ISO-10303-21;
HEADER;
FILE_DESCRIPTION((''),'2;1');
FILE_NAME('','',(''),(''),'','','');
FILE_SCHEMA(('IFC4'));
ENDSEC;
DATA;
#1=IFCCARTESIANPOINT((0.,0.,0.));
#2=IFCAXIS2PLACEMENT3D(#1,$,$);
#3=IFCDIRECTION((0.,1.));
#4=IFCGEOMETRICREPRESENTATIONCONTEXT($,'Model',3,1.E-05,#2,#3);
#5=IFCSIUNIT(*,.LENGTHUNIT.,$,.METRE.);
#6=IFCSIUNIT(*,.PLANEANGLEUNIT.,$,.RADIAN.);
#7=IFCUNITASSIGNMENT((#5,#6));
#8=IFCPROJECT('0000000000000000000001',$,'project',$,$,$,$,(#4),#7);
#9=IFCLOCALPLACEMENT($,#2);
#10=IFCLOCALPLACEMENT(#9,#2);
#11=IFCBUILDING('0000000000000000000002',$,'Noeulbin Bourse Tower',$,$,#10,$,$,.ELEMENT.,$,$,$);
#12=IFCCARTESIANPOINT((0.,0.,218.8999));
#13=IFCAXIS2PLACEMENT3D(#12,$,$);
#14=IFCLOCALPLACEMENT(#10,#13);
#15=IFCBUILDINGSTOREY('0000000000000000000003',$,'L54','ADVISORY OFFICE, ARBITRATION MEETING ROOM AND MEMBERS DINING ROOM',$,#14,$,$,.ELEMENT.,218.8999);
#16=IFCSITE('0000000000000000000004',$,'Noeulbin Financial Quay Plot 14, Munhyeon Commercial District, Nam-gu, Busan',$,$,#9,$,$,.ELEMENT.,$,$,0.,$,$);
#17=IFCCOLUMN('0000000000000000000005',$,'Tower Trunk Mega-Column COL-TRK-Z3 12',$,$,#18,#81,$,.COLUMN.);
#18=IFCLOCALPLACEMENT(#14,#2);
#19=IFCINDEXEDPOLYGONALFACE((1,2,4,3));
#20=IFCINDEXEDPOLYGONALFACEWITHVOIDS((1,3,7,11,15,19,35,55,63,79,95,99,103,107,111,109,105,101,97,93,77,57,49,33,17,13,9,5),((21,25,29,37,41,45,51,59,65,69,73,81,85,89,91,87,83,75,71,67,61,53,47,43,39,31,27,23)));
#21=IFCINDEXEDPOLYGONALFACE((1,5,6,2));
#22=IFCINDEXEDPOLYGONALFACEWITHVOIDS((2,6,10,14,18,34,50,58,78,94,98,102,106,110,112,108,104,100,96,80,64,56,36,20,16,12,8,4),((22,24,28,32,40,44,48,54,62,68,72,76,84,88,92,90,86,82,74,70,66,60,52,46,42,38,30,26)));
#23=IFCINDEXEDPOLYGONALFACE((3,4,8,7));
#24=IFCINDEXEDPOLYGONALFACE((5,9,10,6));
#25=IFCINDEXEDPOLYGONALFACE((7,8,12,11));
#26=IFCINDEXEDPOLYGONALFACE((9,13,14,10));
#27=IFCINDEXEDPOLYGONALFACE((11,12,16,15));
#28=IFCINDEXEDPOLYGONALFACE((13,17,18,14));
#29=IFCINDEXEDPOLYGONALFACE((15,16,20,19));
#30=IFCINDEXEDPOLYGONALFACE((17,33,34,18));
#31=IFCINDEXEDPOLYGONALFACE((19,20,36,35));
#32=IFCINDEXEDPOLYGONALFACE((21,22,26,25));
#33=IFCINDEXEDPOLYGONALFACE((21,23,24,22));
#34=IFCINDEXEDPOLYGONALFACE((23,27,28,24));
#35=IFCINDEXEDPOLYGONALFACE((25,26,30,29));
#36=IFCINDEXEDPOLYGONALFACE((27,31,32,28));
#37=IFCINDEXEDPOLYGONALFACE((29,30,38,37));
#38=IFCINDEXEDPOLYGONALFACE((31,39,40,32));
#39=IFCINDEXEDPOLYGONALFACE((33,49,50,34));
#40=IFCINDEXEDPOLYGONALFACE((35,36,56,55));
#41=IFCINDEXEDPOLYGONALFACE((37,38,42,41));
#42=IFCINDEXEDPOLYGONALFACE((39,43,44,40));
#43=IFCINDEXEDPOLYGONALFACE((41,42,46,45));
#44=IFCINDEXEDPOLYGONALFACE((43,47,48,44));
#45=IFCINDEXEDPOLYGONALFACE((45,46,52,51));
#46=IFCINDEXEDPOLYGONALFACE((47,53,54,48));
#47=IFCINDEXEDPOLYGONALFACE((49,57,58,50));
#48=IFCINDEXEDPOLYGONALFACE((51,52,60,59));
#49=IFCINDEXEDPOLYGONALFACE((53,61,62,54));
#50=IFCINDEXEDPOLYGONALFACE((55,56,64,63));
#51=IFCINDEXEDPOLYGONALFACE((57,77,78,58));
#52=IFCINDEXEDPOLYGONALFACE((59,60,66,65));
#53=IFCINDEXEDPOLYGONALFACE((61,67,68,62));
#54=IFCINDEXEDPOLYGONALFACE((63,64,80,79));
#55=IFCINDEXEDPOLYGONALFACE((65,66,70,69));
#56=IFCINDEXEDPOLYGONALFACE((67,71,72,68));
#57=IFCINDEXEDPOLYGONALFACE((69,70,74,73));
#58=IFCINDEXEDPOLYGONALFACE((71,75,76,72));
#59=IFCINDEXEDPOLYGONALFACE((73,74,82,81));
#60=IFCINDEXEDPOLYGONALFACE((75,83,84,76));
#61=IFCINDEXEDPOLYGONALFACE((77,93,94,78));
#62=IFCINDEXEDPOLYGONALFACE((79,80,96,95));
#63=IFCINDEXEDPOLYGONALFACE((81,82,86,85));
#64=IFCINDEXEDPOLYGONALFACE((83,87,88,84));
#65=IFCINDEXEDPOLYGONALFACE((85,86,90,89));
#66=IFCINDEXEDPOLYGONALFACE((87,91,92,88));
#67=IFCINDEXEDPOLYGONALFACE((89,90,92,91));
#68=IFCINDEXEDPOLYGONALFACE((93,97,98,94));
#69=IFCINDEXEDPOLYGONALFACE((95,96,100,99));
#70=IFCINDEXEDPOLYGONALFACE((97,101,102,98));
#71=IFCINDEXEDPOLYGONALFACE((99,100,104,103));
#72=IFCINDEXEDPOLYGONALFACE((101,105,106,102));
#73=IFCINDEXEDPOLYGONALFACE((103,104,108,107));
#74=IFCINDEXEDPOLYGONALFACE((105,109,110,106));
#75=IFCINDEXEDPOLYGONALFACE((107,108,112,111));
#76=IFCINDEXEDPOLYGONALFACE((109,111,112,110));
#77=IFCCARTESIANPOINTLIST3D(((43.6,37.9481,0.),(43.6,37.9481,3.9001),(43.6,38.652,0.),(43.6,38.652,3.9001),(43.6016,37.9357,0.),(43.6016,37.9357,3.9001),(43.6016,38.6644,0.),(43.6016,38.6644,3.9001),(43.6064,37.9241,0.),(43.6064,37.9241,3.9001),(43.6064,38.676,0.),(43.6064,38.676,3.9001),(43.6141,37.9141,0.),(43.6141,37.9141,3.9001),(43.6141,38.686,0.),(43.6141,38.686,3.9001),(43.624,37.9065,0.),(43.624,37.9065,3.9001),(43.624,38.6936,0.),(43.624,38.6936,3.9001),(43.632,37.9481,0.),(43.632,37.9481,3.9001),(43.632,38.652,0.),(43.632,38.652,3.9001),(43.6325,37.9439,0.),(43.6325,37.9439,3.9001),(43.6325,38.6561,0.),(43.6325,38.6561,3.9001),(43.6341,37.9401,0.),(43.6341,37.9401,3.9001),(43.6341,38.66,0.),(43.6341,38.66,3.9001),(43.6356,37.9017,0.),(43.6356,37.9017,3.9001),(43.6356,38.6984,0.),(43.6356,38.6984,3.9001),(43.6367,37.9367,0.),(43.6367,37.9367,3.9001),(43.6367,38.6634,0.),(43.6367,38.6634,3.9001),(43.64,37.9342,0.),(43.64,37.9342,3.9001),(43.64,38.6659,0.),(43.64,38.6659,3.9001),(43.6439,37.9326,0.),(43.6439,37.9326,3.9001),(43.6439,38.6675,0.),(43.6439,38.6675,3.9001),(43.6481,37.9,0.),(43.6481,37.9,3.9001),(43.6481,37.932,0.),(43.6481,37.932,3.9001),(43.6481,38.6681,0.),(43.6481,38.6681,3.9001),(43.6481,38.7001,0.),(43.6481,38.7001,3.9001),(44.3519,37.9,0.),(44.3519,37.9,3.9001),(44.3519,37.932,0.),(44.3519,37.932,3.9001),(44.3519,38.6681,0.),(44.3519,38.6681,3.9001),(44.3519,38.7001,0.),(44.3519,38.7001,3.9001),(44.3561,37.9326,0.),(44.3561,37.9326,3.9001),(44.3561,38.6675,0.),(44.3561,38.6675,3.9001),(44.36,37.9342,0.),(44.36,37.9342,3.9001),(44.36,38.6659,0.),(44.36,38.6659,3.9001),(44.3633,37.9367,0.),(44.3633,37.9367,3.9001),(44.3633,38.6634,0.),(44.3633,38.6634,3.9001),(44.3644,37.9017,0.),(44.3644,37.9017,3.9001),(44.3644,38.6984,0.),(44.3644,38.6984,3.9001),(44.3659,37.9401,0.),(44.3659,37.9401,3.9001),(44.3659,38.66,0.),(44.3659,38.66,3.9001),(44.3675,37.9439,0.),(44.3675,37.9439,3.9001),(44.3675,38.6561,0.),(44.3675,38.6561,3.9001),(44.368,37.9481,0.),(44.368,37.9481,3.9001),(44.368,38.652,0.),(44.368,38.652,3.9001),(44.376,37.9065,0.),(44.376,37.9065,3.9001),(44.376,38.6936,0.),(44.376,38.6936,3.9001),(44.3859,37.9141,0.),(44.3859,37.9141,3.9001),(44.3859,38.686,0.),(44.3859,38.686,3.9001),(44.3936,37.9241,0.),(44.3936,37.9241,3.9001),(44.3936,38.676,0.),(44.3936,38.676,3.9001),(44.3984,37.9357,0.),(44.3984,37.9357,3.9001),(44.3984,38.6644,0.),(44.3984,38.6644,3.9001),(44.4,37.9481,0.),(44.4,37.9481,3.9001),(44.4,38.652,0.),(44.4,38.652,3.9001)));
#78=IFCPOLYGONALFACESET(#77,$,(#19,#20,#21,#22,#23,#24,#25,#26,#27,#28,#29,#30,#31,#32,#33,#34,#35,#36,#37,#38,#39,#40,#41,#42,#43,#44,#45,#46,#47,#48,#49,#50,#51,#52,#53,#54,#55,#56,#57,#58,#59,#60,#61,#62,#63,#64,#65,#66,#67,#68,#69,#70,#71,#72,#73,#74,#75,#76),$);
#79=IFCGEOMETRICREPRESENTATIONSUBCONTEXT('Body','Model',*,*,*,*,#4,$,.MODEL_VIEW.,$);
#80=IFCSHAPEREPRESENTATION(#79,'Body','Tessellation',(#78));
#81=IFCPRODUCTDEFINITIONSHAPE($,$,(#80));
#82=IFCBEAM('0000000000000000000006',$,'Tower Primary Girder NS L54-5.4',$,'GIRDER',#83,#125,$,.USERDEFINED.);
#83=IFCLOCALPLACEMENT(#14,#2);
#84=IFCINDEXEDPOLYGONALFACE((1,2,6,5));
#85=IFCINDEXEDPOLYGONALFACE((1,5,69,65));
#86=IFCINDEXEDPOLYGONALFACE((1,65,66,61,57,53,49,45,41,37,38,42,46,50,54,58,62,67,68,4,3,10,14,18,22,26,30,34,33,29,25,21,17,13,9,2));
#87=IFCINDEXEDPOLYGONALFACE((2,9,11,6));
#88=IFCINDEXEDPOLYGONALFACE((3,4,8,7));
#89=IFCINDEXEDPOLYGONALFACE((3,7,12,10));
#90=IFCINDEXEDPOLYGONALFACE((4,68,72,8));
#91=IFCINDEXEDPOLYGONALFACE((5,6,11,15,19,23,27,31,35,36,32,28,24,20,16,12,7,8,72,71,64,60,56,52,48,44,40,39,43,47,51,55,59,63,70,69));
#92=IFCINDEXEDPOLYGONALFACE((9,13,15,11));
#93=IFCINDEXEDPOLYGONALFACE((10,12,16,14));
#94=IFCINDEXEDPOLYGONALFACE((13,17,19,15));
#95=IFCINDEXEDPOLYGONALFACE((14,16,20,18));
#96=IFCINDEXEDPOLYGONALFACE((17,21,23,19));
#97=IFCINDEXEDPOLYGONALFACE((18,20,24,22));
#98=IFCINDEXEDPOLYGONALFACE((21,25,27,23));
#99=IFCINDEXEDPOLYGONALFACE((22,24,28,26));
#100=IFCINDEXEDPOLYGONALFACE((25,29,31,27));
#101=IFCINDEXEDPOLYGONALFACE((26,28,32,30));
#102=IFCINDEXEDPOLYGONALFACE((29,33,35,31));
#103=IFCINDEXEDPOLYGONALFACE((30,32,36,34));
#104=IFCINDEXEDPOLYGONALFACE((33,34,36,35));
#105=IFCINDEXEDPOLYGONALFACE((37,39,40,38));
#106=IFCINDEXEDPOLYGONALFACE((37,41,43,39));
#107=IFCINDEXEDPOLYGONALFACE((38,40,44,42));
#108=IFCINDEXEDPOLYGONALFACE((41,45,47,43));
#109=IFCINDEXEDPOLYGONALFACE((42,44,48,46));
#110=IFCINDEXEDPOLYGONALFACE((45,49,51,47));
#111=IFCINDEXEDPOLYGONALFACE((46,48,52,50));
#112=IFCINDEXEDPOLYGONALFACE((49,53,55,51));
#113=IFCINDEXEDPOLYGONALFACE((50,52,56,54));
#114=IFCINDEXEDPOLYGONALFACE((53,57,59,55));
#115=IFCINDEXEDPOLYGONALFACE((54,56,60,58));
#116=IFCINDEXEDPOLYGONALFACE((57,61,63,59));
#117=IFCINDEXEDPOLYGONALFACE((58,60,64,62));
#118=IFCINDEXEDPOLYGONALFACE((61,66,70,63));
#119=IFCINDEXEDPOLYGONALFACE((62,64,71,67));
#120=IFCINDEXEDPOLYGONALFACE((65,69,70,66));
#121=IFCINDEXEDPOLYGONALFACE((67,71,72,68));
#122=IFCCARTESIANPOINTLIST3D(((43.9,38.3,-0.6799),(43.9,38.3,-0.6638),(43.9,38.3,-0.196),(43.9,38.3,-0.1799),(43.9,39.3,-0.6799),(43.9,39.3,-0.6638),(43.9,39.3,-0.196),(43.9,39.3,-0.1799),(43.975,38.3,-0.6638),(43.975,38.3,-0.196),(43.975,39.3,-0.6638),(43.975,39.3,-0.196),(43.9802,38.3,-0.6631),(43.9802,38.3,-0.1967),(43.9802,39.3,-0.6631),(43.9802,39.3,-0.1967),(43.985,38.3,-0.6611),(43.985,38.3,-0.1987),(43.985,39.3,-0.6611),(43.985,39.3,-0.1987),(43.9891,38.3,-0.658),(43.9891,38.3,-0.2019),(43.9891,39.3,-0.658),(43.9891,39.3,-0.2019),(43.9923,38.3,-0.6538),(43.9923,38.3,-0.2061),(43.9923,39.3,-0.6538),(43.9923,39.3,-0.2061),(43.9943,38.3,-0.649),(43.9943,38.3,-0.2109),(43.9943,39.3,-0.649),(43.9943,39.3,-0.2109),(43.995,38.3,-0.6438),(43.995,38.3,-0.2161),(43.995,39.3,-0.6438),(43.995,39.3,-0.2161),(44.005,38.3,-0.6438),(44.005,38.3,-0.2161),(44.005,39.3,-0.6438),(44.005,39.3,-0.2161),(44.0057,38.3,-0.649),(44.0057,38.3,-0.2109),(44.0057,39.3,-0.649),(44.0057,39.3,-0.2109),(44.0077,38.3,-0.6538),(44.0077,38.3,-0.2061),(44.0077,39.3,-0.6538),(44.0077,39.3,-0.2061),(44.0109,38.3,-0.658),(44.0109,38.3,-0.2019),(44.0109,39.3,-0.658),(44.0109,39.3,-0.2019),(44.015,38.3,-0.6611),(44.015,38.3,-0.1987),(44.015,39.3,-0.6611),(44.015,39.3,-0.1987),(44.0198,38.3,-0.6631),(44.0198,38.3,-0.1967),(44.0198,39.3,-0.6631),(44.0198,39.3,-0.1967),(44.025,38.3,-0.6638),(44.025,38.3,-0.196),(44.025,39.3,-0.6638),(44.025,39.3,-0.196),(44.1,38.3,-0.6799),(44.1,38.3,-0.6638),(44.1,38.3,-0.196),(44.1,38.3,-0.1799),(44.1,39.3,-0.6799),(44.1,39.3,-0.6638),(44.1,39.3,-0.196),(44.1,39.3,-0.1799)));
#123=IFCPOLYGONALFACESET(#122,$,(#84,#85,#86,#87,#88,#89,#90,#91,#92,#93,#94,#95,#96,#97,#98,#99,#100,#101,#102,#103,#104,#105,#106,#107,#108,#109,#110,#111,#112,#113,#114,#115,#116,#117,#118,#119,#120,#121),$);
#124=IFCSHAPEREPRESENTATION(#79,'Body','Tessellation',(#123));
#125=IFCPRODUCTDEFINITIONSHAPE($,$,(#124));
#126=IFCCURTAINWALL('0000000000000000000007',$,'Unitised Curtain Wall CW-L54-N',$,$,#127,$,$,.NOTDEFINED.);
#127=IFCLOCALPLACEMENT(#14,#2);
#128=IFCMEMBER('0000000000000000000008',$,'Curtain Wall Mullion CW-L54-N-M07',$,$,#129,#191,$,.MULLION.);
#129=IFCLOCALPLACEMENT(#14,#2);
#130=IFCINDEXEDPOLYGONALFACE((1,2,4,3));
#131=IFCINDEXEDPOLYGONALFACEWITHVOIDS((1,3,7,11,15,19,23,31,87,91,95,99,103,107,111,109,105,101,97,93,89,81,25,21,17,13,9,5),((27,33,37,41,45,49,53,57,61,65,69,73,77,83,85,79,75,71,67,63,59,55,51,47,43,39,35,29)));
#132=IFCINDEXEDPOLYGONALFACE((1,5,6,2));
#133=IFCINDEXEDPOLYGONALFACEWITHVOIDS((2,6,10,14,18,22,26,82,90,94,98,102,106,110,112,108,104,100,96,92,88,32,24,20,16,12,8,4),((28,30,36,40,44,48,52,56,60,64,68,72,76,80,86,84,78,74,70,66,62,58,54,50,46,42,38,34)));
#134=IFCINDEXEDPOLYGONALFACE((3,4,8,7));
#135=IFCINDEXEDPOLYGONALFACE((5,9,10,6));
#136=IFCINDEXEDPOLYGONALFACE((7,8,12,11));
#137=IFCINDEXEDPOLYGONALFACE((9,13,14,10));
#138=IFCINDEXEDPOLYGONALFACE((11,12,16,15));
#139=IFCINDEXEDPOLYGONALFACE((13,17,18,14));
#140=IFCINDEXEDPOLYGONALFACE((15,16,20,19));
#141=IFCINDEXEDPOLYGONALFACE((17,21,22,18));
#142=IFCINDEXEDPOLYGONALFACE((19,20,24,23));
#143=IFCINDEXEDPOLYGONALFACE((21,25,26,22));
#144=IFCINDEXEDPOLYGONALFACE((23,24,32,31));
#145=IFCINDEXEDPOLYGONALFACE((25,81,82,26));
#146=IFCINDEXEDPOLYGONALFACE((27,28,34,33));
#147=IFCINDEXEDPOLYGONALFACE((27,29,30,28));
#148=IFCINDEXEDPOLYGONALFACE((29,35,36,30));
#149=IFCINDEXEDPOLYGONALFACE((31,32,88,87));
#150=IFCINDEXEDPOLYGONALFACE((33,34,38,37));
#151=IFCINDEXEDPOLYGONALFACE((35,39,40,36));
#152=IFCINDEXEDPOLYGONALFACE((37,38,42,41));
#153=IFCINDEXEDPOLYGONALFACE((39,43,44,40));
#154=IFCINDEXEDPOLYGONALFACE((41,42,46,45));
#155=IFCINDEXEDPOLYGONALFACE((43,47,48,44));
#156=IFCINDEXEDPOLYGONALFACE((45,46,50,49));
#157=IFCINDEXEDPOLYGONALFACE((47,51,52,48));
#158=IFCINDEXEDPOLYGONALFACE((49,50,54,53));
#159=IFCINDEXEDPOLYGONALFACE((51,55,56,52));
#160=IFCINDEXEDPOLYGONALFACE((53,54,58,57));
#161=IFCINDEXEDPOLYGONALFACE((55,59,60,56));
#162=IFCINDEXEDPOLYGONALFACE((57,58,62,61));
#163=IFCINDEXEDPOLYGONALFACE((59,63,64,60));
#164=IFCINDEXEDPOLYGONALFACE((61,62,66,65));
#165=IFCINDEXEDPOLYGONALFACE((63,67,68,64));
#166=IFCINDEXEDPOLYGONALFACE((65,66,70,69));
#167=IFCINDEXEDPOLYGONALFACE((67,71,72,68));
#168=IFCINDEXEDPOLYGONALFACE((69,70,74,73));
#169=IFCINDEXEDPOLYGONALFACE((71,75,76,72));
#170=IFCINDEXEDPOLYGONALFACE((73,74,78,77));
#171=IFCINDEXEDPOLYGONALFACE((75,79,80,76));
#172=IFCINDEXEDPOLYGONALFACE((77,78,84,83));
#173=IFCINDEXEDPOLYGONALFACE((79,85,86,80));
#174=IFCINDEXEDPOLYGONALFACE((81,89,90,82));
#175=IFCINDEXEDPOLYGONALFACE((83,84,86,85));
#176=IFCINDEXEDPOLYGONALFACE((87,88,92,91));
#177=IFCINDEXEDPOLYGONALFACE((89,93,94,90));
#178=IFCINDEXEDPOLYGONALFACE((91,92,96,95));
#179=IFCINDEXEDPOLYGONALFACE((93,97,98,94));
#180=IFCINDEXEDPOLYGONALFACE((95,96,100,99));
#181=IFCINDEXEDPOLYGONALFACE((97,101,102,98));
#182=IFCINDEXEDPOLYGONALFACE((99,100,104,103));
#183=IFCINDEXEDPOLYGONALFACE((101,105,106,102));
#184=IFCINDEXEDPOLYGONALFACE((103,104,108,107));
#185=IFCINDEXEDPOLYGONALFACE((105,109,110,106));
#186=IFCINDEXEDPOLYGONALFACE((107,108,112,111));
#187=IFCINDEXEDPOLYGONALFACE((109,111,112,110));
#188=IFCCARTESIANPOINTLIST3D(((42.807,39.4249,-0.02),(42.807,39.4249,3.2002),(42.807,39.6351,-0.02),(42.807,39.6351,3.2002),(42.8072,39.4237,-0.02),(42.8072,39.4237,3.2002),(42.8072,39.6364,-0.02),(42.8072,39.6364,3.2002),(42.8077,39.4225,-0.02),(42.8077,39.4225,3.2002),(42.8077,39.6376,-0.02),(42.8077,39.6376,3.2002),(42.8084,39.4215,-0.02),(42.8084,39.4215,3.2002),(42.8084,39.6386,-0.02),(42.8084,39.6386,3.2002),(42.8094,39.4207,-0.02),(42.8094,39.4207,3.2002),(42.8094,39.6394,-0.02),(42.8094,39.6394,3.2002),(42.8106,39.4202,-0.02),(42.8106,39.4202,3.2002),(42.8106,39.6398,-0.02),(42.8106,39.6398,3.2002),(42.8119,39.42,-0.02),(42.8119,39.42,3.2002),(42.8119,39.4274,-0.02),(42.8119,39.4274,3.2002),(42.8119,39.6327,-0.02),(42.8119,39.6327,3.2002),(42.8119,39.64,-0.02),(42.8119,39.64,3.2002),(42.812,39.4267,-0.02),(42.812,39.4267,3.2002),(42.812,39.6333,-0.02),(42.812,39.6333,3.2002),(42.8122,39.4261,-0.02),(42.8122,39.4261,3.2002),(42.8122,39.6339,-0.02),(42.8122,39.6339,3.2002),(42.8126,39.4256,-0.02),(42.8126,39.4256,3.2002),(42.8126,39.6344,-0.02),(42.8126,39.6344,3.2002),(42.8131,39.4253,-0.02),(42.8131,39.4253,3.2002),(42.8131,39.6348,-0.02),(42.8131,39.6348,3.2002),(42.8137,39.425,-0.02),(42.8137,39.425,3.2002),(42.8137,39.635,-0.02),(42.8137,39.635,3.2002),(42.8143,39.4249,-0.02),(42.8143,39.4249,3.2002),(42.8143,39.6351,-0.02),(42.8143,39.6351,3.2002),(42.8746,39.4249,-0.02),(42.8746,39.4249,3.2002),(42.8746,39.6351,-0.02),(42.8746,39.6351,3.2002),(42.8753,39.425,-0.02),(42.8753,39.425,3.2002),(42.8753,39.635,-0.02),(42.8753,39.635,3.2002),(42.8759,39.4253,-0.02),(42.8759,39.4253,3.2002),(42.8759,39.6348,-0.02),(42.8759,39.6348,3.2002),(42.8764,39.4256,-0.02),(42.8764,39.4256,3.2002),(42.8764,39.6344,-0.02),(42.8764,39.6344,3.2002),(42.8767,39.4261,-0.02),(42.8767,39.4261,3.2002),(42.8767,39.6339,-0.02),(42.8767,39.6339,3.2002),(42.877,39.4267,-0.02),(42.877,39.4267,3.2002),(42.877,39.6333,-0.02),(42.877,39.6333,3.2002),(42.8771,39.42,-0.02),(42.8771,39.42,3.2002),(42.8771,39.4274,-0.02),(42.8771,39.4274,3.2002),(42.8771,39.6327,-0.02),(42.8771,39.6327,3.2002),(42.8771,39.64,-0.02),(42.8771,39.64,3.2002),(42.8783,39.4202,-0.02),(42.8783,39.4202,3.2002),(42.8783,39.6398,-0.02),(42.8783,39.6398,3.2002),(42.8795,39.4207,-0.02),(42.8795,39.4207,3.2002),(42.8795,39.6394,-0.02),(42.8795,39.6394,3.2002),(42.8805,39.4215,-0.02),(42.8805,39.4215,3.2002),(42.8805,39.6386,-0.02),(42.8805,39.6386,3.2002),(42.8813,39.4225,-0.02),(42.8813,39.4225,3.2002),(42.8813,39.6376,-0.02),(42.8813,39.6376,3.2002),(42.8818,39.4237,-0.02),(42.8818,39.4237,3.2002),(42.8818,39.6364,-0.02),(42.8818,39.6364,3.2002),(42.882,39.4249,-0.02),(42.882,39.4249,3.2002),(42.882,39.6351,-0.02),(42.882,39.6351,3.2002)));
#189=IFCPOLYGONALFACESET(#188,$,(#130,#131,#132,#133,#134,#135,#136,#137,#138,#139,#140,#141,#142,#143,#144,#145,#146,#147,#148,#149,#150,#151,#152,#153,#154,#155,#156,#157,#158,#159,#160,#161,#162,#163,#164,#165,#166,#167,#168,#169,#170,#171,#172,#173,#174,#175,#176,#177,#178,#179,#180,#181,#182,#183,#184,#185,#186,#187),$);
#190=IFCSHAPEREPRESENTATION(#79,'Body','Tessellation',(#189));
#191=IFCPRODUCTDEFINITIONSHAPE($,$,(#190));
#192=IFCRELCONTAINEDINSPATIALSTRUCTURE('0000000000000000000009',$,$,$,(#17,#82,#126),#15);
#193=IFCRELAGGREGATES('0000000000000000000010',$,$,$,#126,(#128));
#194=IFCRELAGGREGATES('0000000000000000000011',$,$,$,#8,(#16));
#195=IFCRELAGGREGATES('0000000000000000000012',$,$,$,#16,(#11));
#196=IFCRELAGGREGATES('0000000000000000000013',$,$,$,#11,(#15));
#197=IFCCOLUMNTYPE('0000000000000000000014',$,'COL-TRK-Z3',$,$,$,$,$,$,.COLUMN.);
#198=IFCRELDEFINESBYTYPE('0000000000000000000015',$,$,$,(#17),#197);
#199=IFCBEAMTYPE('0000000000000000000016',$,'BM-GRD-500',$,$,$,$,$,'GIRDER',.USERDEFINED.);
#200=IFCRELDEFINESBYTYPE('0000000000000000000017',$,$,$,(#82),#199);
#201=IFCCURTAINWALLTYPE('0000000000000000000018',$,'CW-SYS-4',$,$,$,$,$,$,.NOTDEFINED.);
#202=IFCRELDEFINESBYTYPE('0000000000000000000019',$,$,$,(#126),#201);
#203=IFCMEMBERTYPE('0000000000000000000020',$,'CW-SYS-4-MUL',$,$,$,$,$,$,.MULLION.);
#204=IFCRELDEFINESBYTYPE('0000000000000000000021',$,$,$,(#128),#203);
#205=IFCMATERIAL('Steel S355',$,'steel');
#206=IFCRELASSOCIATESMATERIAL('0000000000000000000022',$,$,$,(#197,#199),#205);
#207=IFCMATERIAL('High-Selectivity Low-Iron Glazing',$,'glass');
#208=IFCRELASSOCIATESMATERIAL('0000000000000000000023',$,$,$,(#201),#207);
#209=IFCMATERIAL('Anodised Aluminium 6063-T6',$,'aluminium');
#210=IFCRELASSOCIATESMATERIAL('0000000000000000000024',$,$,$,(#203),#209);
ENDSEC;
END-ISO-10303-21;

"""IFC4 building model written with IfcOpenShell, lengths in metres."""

from ifc_helpers import new_model, si_unit, direction, frame, origin, origin_2d, place, context, subcontext, project, spatial, hollow_rectangle, i_section, extrude, material, material_profile, profile_set, type_object, element, aggregate, save


model = new_model("IFC4")

# Units and contexts
model_context = context("Model", 3, precision=1e-05, world=origin(), true_north=direction((0.0, 1.0)))
body_context = subcontext(model_context, "Body", "Model", "MODEL_VIEW")
ifc_project = project(units=[si_unit("LENGTHUNIT", "METRE"), si_unit("PLANEANGLEUNIT", "RADIAN")], contexts=[model_context])

# Site, building, storey
site_placement = place(None, origin())
site = spatial("IfcSite", under=ifc_project, at=site_placement, Name="Noeulbin Financial Quay Plot 14, Munhyeon Commercial District, Nam-gu, Busan", CompositionType="ELEMENT", RefElevation=0.0)
building_placement = place(site_placement, origin())
building = spatial("IfcBuilding", under=site, at=building_placement, Name="Noeulbin Bourse Tower", CompositionType="ELEMENT")
storey_placement = place(building_placement, frame((0.0, 0.0, 218.8999)))
storey = spatial("IfcBuildingStorey", under=building, at=storey_placement, Name="L54", Description="ADVISORY OFFICE, ARBITRATION MEETING ROOM AND MEMBERS DINING ROOM", CompositionType="ELEMENT", Elevation=218.8999)

# Column
ifc_material_1 = material(Name="Steel S355", Category="steel")
ifc_material_profile_1 = material_profile(ifc_material_1, hollow_rectangle(XDim=0.8, YDim=0.8, WallThickness=0.032, InnerFilletRadius=0.0161, OuterFilletRadius=0.0481, at=origin_2d()), Name="BOX-800x800x32", Category="LoadBearing")
ifc_profile_set_1 = profile_set([ifc_material_profile_1], Name="Steel S355")
column_type = type_object("IfcColumnType", Name="COL-TRK-Z3", PredefinedType="COLUMN", material=ifc_profile_set_1)
column_placement = place(storey_placement, frame((44.0, 38.3, 0.0), z_axis=(0.0, 0.0, 1.0), x_axis=(1.0, 0.0, 0.0)))
element("IfcColumn", 1, at=column_placement, inside=storey, type_object=column_type, Name="Tower Trunk Mega-Column COL-TRK-Z3 12", PredefinedType="COLUMN", context=body_context, shape_type="SweptSolid", body=[
    extrude(hollow_rectangle(XDim=0.8, YDim=0.8, WallThickness=0.032, InnerFilletRadius=0.0161, OuterFilletRadius=0.0481, at=origin_2d()), origin(), (0.0, 0.0, 1.0), 3.9001),
])

# Beam
ifc_material_profile_2 = material_profile(ifc_material_1, i_section(OverallWidth=0.2, OverallDepth=0.5, WebThickness=0.01, FlangeThickness=0.0161, FilletRadius=0.02, at=origin_2d()), Name="H-500x200x10x16", Category="LoadBearing")
ifc_profile_set_2 = profile_set([ifc_material_profile_2], Name="Steel S355")
beam_type = type_object("IfcBeamType", Name="BM-GRD-500", ElementType="GIRDER", PredefinedType="USERDEFINED", material=ifc_profile_set_2)
beam_placement = place(storey_placement, frame((44.0, 38.3, -0.4299), z_axis=(0.0, 1.0, 0.0), x_axis=(-1.0, 0.0, 0.0)))
element("IfcBeam", 2, at=beam_placement, inside=storey, type_object=beam_type, Name="Tower Primary Girder NS L54-5.4", ObjectType="GIRDER", PredefinedType="USERDEFINED", context=body_context, shape_type="SweptSolid", body=[
    extrude(i_section(OverallWidth=0.2, OverallDepth=0.5, WebThickness=0.01, FlangeThickness=0.0161, FilletRadius=0.02, at=origin_2d()), origin(), (0.0, 0.0, 1.0), 1.0),
])

# Curtain wall, member
ifc_material_2 = material(Name="High-Selectivity Low-Iron Glazing", Category="glass")
curtain_wall_type = type_object("IfcCurtainWallType", Name="CW-SYS-4", PredefinedType="NOTDEFINED", material=ifc_material_2)
curtain_wall_1_placement = place(storey_placement, origin())
curtain_wall_1 = element("IfcCurtainWall", 3, at=curtain_wall_1_placement, inside=storey, type_object=curtain_wall_type, Name="Unitised Curtain Wall CW-L54-N", PredefinedType="NOTDEFINED")
ifc_material_3 = material(Name="Anodised Aluminium 6063-T6", Category="aluminium")
ifc_material_profile_3 = material_profile(ifc_material_3, hollow_rectangle(XDim=0.075, YDim=0.22, WallThickness=0.0049, InnerFilletRadius=0.0024, OuterFilletRadius=0.0049, at=origin_2d()), Name="ALU-MULL-75x220x5", Category="LoadBearing")
ifc_profile_set_3 = profile_set([ifc_material_profile_3], Name="Anodised Aluminium 6063-T6")
member_type_1 = type_object("IfcMemberType", Name="CW-SYS-4-MUL", PredefinedType="MULLION", material=ifc_profile_set_3)
member_1_placement = place(storey_placement, frame((42.8445, 39.53, -0.02), z_axis=(0.0, 0.0, 1.0), x_axis=(1.0, 0.0, 0.0)))
member_1 = element("IfcMember", 4, at=member_1_placement, type_object=member_type_1, Name="Curtain Wall Mullion CW-L54-N-M07", PredefinedType="MULLION", context=body_context, shape_type="SweptSolid", body=[
    extrude(hollow_rectangle(XDim=0.075, YDim=0.22, WallThickness=0.0049, InnerFilletRadius=0.0024, OuterFilletRadius=0.0049, at=origin_2d()), origin(), (0.0, 0.0, 1.0), 3.2202),
])

aggregate(curtain_wall_1, [member_1])

save(model, "model.ifc")
